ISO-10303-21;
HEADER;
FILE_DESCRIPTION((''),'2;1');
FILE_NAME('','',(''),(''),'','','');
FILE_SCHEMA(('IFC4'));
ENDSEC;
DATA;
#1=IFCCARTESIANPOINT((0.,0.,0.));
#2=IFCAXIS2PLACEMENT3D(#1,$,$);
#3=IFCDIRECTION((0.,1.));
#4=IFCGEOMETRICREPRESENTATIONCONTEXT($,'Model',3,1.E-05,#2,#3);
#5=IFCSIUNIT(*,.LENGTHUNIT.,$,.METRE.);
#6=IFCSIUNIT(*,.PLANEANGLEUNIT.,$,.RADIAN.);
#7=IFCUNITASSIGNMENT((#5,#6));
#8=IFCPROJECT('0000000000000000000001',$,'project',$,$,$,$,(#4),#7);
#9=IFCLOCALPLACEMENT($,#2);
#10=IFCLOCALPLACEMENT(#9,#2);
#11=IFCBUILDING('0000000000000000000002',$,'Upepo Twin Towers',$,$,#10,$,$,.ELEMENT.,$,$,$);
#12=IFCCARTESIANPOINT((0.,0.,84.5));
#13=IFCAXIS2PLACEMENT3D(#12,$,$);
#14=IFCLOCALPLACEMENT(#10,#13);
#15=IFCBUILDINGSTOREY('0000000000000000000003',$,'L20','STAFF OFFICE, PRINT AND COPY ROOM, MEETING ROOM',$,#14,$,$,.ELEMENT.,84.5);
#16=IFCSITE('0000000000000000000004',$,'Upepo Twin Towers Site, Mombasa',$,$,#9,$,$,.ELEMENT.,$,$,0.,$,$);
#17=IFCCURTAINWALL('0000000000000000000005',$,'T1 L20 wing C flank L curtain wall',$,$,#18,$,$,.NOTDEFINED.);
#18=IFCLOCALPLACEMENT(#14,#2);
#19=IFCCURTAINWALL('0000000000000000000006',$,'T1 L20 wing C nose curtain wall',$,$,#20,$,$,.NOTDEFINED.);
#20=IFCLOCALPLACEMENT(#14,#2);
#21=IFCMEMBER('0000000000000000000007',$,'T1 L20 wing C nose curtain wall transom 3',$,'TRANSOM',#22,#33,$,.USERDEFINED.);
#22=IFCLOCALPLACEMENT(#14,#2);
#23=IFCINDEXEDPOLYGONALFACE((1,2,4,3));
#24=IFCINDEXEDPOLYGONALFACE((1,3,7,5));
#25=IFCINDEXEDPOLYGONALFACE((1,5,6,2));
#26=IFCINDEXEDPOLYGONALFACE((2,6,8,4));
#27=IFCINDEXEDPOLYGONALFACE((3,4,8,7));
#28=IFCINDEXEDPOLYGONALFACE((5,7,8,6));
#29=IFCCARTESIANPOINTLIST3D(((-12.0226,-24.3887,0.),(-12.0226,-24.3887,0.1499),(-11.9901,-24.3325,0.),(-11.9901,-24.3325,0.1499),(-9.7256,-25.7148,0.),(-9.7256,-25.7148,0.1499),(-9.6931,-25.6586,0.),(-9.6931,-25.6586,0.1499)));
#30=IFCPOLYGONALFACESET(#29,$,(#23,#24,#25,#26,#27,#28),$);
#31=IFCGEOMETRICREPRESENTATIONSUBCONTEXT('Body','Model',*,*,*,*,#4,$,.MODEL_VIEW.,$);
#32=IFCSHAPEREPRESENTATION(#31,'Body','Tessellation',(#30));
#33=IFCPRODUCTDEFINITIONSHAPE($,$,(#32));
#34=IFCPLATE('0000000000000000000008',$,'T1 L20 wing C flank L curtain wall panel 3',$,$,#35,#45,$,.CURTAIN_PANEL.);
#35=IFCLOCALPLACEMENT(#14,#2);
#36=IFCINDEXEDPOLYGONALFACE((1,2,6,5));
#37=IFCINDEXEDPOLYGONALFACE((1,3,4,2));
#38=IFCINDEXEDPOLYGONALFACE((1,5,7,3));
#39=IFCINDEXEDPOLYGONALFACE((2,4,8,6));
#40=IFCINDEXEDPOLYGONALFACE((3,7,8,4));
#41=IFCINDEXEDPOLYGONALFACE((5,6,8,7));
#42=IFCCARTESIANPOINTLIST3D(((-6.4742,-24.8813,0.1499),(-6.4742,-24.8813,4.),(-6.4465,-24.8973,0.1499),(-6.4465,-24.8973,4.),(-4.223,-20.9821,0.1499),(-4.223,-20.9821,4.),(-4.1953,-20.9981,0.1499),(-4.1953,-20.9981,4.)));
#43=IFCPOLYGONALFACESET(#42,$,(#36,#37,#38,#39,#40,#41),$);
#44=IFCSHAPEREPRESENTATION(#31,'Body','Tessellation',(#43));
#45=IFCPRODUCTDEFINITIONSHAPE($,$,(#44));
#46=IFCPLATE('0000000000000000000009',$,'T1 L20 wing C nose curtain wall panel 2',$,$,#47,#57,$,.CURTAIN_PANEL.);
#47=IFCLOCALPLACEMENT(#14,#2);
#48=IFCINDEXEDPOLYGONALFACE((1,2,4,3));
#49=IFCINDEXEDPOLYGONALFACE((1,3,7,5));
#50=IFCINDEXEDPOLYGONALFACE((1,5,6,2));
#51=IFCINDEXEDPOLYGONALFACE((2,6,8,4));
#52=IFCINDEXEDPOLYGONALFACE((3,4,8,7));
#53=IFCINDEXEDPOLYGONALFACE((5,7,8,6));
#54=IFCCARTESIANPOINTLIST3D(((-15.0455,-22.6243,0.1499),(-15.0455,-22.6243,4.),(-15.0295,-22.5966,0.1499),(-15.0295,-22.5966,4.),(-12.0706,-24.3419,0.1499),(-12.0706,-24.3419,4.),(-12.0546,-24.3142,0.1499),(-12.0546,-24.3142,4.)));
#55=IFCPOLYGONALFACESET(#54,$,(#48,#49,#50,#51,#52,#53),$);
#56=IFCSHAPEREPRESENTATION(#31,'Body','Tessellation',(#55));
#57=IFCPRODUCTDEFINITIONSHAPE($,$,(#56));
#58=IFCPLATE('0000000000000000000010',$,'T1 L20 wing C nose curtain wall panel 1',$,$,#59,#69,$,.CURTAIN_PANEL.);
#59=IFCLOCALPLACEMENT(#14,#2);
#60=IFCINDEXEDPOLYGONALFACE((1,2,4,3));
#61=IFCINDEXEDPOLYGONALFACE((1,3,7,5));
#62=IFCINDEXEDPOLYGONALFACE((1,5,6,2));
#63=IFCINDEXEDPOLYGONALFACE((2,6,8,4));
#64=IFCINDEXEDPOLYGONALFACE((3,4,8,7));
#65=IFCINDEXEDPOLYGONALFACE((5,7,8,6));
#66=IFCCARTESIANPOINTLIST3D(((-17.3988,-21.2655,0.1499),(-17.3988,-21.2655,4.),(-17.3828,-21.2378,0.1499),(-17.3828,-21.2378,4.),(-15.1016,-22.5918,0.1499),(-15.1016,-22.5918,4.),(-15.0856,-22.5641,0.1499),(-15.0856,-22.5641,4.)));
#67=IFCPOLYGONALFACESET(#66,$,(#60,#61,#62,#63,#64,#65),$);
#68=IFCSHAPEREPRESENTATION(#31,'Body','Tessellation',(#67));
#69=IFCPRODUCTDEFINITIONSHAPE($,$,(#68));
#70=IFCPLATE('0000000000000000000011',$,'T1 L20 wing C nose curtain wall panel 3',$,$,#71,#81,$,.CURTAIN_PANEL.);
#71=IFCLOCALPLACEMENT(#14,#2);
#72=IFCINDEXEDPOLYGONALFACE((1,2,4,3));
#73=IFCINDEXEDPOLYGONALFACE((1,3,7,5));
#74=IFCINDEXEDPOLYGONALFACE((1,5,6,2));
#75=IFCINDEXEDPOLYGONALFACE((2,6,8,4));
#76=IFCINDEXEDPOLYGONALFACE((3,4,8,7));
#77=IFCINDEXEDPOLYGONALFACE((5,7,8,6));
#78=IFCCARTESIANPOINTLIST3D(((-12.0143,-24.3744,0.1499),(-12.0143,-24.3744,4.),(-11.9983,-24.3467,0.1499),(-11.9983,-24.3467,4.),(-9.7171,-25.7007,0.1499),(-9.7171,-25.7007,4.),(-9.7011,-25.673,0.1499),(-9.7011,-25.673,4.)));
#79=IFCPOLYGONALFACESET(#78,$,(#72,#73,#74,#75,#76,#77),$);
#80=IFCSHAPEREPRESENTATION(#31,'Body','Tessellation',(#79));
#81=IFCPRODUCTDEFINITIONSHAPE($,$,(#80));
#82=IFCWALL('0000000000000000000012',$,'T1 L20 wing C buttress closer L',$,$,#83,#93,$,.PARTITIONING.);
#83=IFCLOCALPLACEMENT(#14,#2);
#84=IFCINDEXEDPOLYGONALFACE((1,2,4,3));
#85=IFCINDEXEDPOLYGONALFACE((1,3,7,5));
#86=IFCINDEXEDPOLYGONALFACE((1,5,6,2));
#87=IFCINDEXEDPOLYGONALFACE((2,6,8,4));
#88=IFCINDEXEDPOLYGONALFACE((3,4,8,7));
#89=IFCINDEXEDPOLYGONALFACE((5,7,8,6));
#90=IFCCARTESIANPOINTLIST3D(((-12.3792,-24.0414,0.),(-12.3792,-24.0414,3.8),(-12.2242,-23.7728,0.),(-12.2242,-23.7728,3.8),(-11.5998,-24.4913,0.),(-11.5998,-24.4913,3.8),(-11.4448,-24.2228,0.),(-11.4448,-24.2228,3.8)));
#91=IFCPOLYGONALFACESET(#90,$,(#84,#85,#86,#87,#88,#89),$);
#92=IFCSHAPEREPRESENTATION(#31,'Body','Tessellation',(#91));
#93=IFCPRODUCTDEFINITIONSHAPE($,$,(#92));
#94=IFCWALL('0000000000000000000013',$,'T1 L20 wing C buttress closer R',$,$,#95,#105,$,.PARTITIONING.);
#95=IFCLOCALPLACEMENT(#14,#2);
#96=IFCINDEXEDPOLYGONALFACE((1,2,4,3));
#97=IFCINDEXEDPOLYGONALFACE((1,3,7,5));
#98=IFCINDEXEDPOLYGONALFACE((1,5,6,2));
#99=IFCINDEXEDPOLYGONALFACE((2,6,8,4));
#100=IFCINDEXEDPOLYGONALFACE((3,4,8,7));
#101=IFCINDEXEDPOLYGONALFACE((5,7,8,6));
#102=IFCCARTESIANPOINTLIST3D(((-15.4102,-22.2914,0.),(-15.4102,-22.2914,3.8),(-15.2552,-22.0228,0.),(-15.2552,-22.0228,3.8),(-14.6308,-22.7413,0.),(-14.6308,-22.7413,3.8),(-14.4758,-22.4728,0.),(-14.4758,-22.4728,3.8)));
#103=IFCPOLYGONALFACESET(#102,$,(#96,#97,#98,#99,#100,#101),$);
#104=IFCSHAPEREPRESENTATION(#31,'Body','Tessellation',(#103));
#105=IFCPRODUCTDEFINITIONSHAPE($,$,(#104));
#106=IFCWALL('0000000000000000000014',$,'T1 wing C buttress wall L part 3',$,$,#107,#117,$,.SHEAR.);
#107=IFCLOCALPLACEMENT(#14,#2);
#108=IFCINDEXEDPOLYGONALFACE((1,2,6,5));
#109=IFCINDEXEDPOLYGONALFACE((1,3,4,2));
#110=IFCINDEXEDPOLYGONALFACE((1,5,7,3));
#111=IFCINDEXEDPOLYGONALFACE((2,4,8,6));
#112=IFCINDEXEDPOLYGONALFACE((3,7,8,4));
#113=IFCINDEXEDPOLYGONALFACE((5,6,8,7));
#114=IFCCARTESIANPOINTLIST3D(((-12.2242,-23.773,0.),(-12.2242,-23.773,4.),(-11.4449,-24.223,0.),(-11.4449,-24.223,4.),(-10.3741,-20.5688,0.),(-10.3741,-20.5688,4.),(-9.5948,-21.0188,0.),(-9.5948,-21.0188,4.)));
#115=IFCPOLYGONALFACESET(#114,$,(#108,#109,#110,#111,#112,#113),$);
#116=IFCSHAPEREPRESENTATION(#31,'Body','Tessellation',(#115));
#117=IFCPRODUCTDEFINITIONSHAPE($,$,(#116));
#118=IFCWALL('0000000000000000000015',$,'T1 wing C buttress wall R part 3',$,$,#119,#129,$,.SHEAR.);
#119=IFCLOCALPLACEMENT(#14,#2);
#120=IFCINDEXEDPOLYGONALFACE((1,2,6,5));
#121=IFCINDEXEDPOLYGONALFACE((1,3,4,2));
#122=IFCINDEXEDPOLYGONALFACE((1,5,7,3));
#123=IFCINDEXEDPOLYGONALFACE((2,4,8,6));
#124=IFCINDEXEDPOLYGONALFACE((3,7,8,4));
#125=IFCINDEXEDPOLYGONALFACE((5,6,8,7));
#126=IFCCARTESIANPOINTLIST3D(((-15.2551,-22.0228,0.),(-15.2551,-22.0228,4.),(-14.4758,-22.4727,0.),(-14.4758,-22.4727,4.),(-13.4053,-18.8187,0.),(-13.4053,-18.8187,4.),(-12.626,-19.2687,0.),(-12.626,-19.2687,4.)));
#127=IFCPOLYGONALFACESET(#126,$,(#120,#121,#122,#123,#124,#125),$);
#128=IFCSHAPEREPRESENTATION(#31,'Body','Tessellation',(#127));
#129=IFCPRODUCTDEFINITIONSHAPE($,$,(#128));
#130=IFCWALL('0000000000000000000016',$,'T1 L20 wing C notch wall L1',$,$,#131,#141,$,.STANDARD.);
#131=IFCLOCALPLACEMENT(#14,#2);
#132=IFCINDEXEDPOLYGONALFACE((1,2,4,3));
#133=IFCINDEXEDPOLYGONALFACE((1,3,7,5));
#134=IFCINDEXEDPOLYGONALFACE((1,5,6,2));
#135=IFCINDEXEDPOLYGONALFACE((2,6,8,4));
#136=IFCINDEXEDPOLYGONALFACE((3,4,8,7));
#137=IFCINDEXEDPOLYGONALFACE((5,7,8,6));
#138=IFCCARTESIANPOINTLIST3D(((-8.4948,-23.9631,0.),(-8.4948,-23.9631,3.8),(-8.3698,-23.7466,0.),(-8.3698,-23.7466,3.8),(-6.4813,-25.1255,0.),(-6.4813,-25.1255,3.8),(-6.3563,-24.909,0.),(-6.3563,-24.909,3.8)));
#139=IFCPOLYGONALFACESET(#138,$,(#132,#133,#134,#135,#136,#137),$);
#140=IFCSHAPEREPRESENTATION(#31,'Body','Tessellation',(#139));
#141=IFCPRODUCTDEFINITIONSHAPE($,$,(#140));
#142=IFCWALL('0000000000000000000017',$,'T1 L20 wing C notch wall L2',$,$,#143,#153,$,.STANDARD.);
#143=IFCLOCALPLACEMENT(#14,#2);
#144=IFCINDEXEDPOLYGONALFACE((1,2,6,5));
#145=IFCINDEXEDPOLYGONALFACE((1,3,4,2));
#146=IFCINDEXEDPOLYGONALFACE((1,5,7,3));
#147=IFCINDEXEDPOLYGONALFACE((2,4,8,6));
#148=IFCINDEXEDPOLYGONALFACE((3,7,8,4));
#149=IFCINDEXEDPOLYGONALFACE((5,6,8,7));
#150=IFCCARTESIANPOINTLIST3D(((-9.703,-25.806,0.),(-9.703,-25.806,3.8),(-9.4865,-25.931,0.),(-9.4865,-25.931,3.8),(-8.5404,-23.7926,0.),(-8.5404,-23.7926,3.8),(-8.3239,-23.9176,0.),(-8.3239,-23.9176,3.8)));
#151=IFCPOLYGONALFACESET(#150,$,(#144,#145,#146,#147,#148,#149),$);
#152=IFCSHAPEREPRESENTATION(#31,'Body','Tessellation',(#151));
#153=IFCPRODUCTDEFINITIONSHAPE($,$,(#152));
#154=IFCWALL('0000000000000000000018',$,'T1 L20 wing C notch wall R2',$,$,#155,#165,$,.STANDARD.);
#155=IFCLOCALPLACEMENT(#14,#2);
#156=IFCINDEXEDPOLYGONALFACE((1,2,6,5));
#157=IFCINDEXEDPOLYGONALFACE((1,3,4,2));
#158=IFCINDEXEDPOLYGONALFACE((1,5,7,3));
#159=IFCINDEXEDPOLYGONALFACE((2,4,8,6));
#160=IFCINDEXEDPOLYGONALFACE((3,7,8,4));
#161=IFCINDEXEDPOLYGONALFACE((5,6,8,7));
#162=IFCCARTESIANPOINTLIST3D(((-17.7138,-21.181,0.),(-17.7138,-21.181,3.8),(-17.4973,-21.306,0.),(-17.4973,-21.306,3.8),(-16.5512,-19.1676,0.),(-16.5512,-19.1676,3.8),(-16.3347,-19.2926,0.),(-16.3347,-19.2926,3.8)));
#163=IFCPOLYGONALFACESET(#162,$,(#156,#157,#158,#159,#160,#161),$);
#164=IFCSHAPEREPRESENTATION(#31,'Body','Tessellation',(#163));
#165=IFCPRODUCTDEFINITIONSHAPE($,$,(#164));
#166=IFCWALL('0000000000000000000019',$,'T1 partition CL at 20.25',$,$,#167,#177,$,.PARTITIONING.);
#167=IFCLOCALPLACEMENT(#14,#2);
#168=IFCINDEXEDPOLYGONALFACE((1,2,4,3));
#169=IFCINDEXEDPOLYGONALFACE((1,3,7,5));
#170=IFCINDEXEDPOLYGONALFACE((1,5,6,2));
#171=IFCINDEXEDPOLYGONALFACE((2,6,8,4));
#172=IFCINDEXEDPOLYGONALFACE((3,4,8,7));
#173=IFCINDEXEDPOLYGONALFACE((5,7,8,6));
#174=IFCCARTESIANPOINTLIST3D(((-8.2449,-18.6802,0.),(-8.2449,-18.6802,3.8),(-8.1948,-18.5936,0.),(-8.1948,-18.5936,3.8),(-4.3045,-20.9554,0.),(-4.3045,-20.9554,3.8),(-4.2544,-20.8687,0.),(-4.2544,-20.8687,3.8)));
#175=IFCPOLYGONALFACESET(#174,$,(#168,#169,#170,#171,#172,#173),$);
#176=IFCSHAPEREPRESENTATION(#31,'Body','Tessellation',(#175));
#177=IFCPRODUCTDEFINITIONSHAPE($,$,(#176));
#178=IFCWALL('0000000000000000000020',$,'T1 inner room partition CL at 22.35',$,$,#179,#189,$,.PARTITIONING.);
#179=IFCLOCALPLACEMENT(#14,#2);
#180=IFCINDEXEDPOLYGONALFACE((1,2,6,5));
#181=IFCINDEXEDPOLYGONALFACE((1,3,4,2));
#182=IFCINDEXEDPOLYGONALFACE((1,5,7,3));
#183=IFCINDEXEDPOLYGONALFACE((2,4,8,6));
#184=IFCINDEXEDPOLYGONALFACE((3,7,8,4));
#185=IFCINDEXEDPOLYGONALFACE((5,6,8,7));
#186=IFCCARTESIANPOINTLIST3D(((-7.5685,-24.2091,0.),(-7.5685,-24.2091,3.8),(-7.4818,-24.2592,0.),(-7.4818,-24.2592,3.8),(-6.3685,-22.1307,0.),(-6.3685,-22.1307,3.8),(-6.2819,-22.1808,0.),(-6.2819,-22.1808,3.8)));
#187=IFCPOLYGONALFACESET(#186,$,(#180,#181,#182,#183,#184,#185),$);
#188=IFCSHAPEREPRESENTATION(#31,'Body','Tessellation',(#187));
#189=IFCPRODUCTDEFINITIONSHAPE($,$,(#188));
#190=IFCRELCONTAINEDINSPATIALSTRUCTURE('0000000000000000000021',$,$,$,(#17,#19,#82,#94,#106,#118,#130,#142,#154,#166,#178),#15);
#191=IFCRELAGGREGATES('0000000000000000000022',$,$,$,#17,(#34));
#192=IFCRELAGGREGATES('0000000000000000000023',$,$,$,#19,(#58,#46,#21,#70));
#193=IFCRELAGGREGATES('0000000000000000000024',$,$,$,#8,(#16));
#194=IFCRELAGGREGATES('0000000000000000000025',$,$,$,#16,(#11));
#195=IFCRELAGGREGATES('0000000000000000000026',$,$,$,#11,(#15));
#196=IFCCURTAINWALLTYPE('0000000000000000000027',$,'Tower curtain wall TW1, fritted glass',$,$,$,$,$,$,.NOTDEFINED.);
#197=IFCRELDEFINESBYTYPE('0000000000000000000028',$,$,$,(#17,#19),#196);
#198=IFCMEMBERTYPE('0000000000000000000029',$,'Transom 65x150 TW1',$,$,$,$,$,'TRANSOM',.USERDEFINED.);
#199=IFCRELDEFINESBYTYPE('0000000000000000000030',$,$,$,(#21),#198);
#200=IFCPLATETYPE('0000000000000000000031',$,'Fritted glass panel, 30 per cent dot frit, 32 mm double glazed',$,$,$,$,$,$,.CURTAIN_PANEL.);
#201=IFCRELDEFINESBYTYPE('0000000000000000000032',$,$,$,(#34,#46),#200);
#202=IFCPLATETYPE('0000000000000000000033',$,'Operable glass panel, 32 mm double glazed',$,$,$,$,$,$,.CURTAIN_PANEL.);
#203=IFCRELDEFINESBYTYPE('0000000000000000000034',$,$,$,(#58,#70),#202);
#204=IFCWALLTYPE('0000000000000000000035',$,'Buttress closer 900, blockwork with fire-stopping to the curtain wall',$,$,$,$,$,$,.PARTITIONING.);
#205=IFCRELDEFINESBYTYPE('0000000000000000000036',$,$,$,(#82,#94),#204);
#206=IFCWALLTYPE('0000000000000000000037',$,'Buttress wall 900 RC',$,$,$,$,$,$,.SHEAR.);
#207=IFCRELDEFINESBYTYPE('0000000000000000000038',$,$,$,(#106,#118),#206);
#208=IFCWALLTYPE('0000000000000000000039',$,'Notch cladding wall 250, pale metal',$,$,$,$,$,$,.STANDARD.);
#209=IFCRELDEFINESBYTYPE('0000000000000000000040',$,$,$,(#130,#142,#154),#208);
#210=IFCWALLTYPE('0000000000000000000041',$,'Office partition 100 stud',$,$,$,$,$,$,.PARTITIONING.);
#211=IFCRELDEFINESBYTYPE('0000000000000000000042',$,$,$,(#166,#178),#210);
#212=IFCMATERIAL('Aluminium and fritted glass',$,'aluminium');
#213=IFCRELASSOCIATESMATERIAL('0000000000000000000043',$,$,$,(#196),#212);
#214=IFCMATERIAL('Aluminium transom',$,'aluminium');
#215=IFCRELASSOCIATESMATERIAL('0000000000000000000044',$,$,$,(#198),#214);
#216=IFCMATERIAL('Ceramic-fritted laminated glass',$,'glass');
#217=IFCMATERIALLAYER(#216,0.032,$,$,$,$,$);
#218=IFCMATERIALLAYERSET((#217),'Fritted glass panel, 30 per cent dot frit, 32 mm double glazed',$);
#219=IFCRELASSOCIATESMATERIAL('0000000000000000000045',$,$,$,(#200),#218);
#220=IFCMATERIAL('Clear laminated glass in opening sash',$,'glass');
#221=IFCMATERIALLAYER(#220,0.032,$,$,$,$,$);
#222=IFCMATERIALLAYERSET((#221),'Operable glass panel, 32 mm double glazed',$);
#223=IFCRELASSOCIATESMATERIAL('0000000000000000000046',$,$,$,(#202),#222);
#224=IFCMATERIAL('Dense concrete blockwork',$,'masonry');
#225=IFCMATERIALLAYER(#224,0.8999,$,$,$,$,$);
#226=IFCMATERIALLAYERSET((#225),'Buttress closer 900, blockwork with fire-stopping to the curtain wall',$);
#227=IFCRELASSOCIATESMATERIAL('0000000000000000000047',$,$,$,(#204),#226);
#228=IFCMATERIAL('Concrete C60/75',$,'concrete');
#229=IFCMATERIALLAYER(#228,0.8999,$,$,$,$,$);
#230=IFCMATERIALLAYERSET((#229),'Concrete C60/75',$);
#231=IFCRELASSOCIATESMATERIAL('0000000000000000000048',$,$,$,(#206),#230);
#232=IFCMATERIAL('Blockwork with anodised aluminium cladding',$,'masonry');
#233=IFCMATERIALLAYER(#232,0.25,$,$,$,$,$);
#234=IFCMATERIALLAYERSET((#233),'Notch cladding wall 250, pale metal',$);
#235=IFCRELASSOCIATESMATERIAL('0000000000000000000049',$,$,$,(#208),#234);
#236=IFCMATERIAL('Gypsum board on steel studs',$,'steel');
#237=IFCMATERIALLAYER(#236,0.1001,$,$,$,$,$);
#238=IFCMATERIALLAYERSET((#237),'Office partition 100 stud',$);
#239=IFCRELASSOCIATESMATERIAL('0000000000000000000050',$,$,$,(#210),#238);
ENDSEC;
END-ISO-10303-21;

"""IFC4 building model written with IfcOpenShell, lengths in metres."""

from ifc_helpers import new_model, si_unit, direction, frame, frame_2d, origin, origin_2d, place, context, subcontext, project, spatial, rectangle, extrude, material, layer, layer_set, material_profile, profile_set, type_object, element, aggregate, save


model = new_model("IFC4")

# Units and contexts
model_context = context("Model", 3, precision=1e-05, world=origin(), true_north=direction((0.0, 1.0)))
body_context = subcontext(model_context, "Body", "Model", "MODEL_VIEW")
ifc_project = project(units=[si_unit("LENGTHUNIT", "METRE"), si_unit("PLANEANGLEUNIT", "RADIAN")], contexts=[model_context])

# Site, building, storey
site_placement = place(None, origin())
site = spatial("IfcSite", under=ifc_project, at=site_placement, Name="Upepo Twin Towers Site, Mombasa", CompositionType="ELEMENT", RefElevation=0.0)
building_placement = place(site_placement, origin())
building = spatial("IfcBuilding", under=site, at=building_placement, Name="Upepo Twin Towers", CompositionType="ELEMENT")
storey_placement = place(building_placement, frame((0.0, 0.0, 84.5)))
storey = spatial("IfcBuildingStorey", under=building, at=storey_placement, Name="L20", Description="STAFF OFFICE, PRINT AND COPY ROOM, MEETING ROOM", CompositionType="ELEMENT", Elevation=84.5)

# Curtain wall
ifc_material_1 = material(Name="Aluminium and fritted glass", Category="aluminium")
curtain_wall_type = type_object("IfcCurtainWallType", Name="Tower curtain wall TW1, fritted glass", PredefinedType="NOTDEFINED", material=ifc_material_1)
curtain_wall_1_placement = place(storey_placement, origin())
curtain_wall_1 = element("IfcCurtainWall", 1, at=curtain_wall_1_placement, inside=storey, type_object=curtain_wall_type, Name="T1 L20 wing C flank L curtain wall", PredefinedType="NOTDEFINED")

# Curtain wall
curtain_wall_2_placement = place(storey_placement, origin())
curtain_wall_2 = element("IfcCurtainWall", 2, at=curtain_wall_2_placement, inside=storey, type_object=curtain_wall_type, Name="T1 L20 wing C nose curtain wall", PredefinedType="NOTDEFINED")

# Member
ifc_material_2 = material(Name="Aluminium transom", Category="aluminium")
ifc_material_profile_1 = material_profile(ifc_material_2, rectangle(XDim=0.0649, YDim=0.1499, at=origin_2d()), Name="TRANSOM 65x150")
ifc_profile_set_1 = profile_set([ifc_material_profile_1], Name="Aluminium transom")
member_type_1 = type_object("IfcMemberType", Name="Transom 65x150 TW1", ElementType="TRANSOM", PredefinedType="USERDEFINED", material=ifc_profile_set_1)
member_1_placement = place(storey_placement, frame((-12.0063, -24.3606, 0.075), z_axis=(0.866037, -0.49998, 0.0), x_axis=(0.49998, 0.866037, 0.0)))
member_1 = element("IfcMember", 3, at=member_1_placement, type_object=member_type_1, Name="T1 L20 wing C nose curtain wall transom 3", ObjectType="TRANSOM", PredefinedType="USERDEFINED", context=body_context, shape_type="SweptSolid", body=[
    extrude(rectangle(XDim=0.0649, YDim=0.1499, at=origin_2d()), origin(), (0.0, 0.0, 1.0), 2.6523),
])

# Plates
ifc_material_3 = material(Name="Ceramic-fritted laminated glass", Category="glass")
ifc_layer_1 = layer(ifc_material_3, 0.032)
ifc_layer_set_1 = layer_set([ifc_layer_1], Name="Fritted glass panel, 30 per cent dot frit, 32 mm double glazed")
plate_type_1 = type_object("IfcPlateType", Name="Fritted glass panel, 30 per cent dot frit, 32 mm double glazed", PredefinedType="CURTAIN_PANEL", material=ifc_layer_set_1)
plate_1_placement = place(storey_placement, frame((-5.3347, -22.9397, 0.1499), z_axis=(0.0, 0.0, 1.0), x_axis=(-0.5, -0.866025, 0.0)))
plate_1 = element("IfcPlate", 4, at=plate_1_placement, type_object=plate_type_1, Name="T1 L20 wing C flank L curtain wall panel 3", PredefinedType="CURTAIN_PANEL", context=body_context, shape_type="SweptSolid", body=[
    extrude(rectangle(XDim=4.5024, YDim=0.032, at=origin_2d()), origin(), (0.0, 0.0, 1.0), 3.8501),
])
aggregate(curtain_wall_1, [plate_1])
plate_2_placement = place(storey_placement, frame((-13.55, -23.4692, 0.1499), z_axis=(0.0, 0.0, 1.0), x_axis=(0.866025, -0.5, 0.0)))
plate_2 = element("IfcPlate", 5, at=plate_2_placement, type_object=plate_type_1, Name="T1 L20 wing C nose curtain wall panel 2", PredefinedType="CURTAIN_PANEL", context=body_context, shape_type="SweptSolid", body=[
    extrude(rectangle(XDim=3.4351, YDim=0.032, at=origin_2d()), origin(), (0.0, 0.0, 1.0), 3.8501),
])
ifc_material_4 = material(Name="Clear laminated glass in opening sash", Category="glass")
ifc_layer_2 = layer(ifc_material_4, 0.032)
ifc_layer_set_2 = layer_set([ifc_layer_2], Name="Operable glass panel, 32 mm double glazed")
plate_type_2 = type_object("IfcPlateType", Name="Operable glass panel, 32 mm double glazed", PredefinedType="CURTAIN_PANEL", material=ifc_layer_set_2)
plate_3_placement = place(storey_placement, frame((-16.2422, -21.9148, 0.1499), z_axis=(0.0, 0.0, 1.0), x_axis=(0.866025, -0.5, 0.0)))
plate_3 = element("IfcPlate", 6, at=plate_3_placement, type_object=plate_type_2, Name="T1 L20 wing C nose curtain wall panel 1", PredefinedType="CURTAIN_PANEL", context=body_context, shape_type="SweptSolid", body=[
    extrude(rectangle(XDim=2.6526, YDim=0.032, at=origin_2d()), origin(), (0.0, 0.0, 1.0), 3.8501),
])
plate_4_placement = place(storey_placement, frame((-10.8577, -25.0237, 0.1499), z_axis=(0.0, 0.0, 1.0), x_axis=(0.866025, -0.5, 0.0)))
plate_4 = element("IfcPlate", 7, at=plate_4_placement, type_object=plate_type_2, Name="T1 L20 wing C nose curtain wall panel 3", PredefinedType="CURTAIN_PANEL", context=body_context, shape_type="SweptSolid", body=[
    extrude(rectangle(XDim=2.6526, YDim=0.032, at=origin_2d()), origin(), (0.0, 0.0, 1.0), 3.8501),
])
aggregate(curtain_wall_2, [plate_3, plate_2, member_1, plate_4])

# Walls
ifc_material_5 = material(Name="Dense concrete blockwork", Category="masonry")
ifc_layer_3 = layer(ifc_material_5, 0.8999)
ifc_layer_set_3 = layer_set([ifc_layer_3], Name="Buttress closer 900, blockwork with fire-stopping to the curtain wall")
wall_type_1 = type_object("IfcWallType", Name="Buttress closer 900, blockwork with fire-stopping to the curtain wall", PredefinedType="PARTITIONING", material=ifc_layer_set_3)
for number, where, z_axis, x_axis, name in (
    (8, (-11.8345, -23.9978, 0.0), (0.0, 0.0, 1.0), (-0.49995, -0.866054, 0.0), "T1 L20 wing C buttress closer L"),
    (9, (-14.8655, -22.2478, 0.0), (0.0, 0.0, 1.0), (-0.49995, -0.866054, 0.0), "T1 L20 wing C buttress closer R"),
):
    element("IfcWall", number, at=place(storey_placement, frame(where, z_axis=z_axis, x_axis=x_axis)), inside=storey, type_object=wall_type_1, Name=name, PredefinedType="PARTITIONING", context=body_context, shape_type="SweptSolid", body=[
        extrude(rectangle(XDim=0.3101, YDim=0.8999, at=frame_2d((0.155, 0.0))), origin(), (0.0, 0.0, 1.0), 3.8),
    ])
ifc_material_6 = material(Name="Concrete C60/75", Category="concrete")
ifc_layer_4 = layer(ifc_material_6, 0.8999)
ifc_layer_set_4 = layer_set([ifc_layer_4], Name="Concrete C60/75")
wall_type_2 = type_object("IfcWallType", Name="Buttress wall 900 RC", PredefinedType="SHEAR", material=ifc_layer_set_4)
wall_1_placement = place(storey_placement, frame((-9.9844, -20.7937, 0.0), z_axis=(0.0, 0.0, 1.0), x_axis=(-0.500042, -0.866001, 0.0)))
element("IfcWall", 10, at=wall_1_placement, inside=storey, type_object=wall_type_2, Name="T1 wing C buttress wall L part 3", PredefinedType="SHEAR", context=body_context, shape_type="SweptSolid", body=[
    extrude(rectangle(XDim=3.7, YDim=0.8999, at=frame_2d((1.8501, 0.0))), origin(), (0.0, 0.0, 1.0), 4.0),
])
wall_2_placement = place(storey_placement, frame((-13.0156, -19.0437, 0.0), z_axis=(0.0, 0.0, 1.0), x_axis=(-0.499993, -0.86603, 0.0)))
element("IfcWall", 11, at=wall_2_placement, inside=storey, type_object=wall_type_2, Name="T1 wing C buttress wall R part 3", PredefinedType="SHEAR", context=body_context, shape_type="SweptSolid", body=[
    extrude(rectangle(XDim=3.6997, YDim=0.8999, at=frame_2d((1.8499, 0.0))), origin(), (0.0, 0.0, 1.0), 4.0),
])
ifc_material_7 = material(Name="Blockwork with anodised aluminium cladding", Category="masonry")
ifc_layer_5 = layer(ifc_material_7, 0.25)
ifc_layer_set_5 = layer_set([ifc_layer_5], Name="Notch cladding wall 250, pale metal")
wall_type_3 = type_object("IfcWallType", Name="Notch cladding wall 250, pale metal", PredefinedType="STANDARD", material=ifc_layer_set_5)
for number, where, z_axis, x_axis, name in (
    (12, (-6.4187, -25.0173, 0.0), (0.0, 0.0, 1.0), (-0.866044, 0.499968, 0.0), "T1 L20 wing C notch wall L1"),
    (13, (-8.4321, -23.855, 0.0), (0.0, 0.0, 1.0), (-0.500047, -0.865998, 0.0), "T1 L20 wing C notch wall L2"),
    (14, (-16.4429, -19.23, 0.0), (0.0, 0.0, 1.0), (-0.500047, -0.865998, 0.0), "T1 L20 wing C notch wall R2"),
):
    element("IfcWall", number, at=place(storey_placement, frame(where, z_axis=z_axis, x_axis=x_axis)), inside=storey, type_object=wall_type_3, Name=name, PredefinedType="STANDARD", context=body_context, shape_type="SweptSolid", body=[
        extrude(rectangle(XDim=2.325, YDim=0.25, at=frame_2d((1.1626, 0.0))), origin(), (0.0, 0.0, 1.0), 3.8),
    ])
ifc_material_8 = material(Name="Gypsum board on steel studs", Category="steel")
ifc_layer_6 = layer(ifc_material_8, 0.1001)
ifc_layer_set_6 = layer_set([ifc_layer_6], Name="Office partition 100 stud")
wall_type_4 = type_object("IfcWallType", Name="Office partition 100 stud", PredefinedType="PARTITIONING", material=ifc_layer_set_6)
wall_3_placement = place(storey_placement, frame((-8.2197, -18.637, 0.0), z_axis=(0.0, 0.0, 1.0), x_axis=(0.866012, -0.500023, 0.0)))
element("IfcWall", 15, at=wall_3_placement, inside=storey, type_object=wall_type_4, Name="T1 partition CL at 20.25", PredefinedType="PARTITIONING", context=body_context, shape_type="SweptSolid", body=[
    extrude(rectangle(XDim=4.55, YDim=0.1001, at=frame_2d((2.2749, 0.0))), origin(), (0.0, 0.0, 1.0), 3.8),
])
wall_4_placement = place(storey_placement, frame((-6.3252, -22.1558, 0.0), z_axis=(0.0, 0.0, 1.0), x_axis=(-0.500001, -0.866025, 0.0)))
element("IfcWall", 16, at=wall_4_placement, inside=storey, type_object=wall_type_4, Name="T1 inner room partition CL at 22.35", PredefinedType="PARTITIONING", context=body_context, shape_type="SweptSolid", body=[
    extrude(rectangle(XDim=2.3999, YDim=0.1001, at=frame_2d((1.2, 0.0))), origin(), (0.0, 0.0, 1.0), 3.8),
])

save(model, "model.ifc")
